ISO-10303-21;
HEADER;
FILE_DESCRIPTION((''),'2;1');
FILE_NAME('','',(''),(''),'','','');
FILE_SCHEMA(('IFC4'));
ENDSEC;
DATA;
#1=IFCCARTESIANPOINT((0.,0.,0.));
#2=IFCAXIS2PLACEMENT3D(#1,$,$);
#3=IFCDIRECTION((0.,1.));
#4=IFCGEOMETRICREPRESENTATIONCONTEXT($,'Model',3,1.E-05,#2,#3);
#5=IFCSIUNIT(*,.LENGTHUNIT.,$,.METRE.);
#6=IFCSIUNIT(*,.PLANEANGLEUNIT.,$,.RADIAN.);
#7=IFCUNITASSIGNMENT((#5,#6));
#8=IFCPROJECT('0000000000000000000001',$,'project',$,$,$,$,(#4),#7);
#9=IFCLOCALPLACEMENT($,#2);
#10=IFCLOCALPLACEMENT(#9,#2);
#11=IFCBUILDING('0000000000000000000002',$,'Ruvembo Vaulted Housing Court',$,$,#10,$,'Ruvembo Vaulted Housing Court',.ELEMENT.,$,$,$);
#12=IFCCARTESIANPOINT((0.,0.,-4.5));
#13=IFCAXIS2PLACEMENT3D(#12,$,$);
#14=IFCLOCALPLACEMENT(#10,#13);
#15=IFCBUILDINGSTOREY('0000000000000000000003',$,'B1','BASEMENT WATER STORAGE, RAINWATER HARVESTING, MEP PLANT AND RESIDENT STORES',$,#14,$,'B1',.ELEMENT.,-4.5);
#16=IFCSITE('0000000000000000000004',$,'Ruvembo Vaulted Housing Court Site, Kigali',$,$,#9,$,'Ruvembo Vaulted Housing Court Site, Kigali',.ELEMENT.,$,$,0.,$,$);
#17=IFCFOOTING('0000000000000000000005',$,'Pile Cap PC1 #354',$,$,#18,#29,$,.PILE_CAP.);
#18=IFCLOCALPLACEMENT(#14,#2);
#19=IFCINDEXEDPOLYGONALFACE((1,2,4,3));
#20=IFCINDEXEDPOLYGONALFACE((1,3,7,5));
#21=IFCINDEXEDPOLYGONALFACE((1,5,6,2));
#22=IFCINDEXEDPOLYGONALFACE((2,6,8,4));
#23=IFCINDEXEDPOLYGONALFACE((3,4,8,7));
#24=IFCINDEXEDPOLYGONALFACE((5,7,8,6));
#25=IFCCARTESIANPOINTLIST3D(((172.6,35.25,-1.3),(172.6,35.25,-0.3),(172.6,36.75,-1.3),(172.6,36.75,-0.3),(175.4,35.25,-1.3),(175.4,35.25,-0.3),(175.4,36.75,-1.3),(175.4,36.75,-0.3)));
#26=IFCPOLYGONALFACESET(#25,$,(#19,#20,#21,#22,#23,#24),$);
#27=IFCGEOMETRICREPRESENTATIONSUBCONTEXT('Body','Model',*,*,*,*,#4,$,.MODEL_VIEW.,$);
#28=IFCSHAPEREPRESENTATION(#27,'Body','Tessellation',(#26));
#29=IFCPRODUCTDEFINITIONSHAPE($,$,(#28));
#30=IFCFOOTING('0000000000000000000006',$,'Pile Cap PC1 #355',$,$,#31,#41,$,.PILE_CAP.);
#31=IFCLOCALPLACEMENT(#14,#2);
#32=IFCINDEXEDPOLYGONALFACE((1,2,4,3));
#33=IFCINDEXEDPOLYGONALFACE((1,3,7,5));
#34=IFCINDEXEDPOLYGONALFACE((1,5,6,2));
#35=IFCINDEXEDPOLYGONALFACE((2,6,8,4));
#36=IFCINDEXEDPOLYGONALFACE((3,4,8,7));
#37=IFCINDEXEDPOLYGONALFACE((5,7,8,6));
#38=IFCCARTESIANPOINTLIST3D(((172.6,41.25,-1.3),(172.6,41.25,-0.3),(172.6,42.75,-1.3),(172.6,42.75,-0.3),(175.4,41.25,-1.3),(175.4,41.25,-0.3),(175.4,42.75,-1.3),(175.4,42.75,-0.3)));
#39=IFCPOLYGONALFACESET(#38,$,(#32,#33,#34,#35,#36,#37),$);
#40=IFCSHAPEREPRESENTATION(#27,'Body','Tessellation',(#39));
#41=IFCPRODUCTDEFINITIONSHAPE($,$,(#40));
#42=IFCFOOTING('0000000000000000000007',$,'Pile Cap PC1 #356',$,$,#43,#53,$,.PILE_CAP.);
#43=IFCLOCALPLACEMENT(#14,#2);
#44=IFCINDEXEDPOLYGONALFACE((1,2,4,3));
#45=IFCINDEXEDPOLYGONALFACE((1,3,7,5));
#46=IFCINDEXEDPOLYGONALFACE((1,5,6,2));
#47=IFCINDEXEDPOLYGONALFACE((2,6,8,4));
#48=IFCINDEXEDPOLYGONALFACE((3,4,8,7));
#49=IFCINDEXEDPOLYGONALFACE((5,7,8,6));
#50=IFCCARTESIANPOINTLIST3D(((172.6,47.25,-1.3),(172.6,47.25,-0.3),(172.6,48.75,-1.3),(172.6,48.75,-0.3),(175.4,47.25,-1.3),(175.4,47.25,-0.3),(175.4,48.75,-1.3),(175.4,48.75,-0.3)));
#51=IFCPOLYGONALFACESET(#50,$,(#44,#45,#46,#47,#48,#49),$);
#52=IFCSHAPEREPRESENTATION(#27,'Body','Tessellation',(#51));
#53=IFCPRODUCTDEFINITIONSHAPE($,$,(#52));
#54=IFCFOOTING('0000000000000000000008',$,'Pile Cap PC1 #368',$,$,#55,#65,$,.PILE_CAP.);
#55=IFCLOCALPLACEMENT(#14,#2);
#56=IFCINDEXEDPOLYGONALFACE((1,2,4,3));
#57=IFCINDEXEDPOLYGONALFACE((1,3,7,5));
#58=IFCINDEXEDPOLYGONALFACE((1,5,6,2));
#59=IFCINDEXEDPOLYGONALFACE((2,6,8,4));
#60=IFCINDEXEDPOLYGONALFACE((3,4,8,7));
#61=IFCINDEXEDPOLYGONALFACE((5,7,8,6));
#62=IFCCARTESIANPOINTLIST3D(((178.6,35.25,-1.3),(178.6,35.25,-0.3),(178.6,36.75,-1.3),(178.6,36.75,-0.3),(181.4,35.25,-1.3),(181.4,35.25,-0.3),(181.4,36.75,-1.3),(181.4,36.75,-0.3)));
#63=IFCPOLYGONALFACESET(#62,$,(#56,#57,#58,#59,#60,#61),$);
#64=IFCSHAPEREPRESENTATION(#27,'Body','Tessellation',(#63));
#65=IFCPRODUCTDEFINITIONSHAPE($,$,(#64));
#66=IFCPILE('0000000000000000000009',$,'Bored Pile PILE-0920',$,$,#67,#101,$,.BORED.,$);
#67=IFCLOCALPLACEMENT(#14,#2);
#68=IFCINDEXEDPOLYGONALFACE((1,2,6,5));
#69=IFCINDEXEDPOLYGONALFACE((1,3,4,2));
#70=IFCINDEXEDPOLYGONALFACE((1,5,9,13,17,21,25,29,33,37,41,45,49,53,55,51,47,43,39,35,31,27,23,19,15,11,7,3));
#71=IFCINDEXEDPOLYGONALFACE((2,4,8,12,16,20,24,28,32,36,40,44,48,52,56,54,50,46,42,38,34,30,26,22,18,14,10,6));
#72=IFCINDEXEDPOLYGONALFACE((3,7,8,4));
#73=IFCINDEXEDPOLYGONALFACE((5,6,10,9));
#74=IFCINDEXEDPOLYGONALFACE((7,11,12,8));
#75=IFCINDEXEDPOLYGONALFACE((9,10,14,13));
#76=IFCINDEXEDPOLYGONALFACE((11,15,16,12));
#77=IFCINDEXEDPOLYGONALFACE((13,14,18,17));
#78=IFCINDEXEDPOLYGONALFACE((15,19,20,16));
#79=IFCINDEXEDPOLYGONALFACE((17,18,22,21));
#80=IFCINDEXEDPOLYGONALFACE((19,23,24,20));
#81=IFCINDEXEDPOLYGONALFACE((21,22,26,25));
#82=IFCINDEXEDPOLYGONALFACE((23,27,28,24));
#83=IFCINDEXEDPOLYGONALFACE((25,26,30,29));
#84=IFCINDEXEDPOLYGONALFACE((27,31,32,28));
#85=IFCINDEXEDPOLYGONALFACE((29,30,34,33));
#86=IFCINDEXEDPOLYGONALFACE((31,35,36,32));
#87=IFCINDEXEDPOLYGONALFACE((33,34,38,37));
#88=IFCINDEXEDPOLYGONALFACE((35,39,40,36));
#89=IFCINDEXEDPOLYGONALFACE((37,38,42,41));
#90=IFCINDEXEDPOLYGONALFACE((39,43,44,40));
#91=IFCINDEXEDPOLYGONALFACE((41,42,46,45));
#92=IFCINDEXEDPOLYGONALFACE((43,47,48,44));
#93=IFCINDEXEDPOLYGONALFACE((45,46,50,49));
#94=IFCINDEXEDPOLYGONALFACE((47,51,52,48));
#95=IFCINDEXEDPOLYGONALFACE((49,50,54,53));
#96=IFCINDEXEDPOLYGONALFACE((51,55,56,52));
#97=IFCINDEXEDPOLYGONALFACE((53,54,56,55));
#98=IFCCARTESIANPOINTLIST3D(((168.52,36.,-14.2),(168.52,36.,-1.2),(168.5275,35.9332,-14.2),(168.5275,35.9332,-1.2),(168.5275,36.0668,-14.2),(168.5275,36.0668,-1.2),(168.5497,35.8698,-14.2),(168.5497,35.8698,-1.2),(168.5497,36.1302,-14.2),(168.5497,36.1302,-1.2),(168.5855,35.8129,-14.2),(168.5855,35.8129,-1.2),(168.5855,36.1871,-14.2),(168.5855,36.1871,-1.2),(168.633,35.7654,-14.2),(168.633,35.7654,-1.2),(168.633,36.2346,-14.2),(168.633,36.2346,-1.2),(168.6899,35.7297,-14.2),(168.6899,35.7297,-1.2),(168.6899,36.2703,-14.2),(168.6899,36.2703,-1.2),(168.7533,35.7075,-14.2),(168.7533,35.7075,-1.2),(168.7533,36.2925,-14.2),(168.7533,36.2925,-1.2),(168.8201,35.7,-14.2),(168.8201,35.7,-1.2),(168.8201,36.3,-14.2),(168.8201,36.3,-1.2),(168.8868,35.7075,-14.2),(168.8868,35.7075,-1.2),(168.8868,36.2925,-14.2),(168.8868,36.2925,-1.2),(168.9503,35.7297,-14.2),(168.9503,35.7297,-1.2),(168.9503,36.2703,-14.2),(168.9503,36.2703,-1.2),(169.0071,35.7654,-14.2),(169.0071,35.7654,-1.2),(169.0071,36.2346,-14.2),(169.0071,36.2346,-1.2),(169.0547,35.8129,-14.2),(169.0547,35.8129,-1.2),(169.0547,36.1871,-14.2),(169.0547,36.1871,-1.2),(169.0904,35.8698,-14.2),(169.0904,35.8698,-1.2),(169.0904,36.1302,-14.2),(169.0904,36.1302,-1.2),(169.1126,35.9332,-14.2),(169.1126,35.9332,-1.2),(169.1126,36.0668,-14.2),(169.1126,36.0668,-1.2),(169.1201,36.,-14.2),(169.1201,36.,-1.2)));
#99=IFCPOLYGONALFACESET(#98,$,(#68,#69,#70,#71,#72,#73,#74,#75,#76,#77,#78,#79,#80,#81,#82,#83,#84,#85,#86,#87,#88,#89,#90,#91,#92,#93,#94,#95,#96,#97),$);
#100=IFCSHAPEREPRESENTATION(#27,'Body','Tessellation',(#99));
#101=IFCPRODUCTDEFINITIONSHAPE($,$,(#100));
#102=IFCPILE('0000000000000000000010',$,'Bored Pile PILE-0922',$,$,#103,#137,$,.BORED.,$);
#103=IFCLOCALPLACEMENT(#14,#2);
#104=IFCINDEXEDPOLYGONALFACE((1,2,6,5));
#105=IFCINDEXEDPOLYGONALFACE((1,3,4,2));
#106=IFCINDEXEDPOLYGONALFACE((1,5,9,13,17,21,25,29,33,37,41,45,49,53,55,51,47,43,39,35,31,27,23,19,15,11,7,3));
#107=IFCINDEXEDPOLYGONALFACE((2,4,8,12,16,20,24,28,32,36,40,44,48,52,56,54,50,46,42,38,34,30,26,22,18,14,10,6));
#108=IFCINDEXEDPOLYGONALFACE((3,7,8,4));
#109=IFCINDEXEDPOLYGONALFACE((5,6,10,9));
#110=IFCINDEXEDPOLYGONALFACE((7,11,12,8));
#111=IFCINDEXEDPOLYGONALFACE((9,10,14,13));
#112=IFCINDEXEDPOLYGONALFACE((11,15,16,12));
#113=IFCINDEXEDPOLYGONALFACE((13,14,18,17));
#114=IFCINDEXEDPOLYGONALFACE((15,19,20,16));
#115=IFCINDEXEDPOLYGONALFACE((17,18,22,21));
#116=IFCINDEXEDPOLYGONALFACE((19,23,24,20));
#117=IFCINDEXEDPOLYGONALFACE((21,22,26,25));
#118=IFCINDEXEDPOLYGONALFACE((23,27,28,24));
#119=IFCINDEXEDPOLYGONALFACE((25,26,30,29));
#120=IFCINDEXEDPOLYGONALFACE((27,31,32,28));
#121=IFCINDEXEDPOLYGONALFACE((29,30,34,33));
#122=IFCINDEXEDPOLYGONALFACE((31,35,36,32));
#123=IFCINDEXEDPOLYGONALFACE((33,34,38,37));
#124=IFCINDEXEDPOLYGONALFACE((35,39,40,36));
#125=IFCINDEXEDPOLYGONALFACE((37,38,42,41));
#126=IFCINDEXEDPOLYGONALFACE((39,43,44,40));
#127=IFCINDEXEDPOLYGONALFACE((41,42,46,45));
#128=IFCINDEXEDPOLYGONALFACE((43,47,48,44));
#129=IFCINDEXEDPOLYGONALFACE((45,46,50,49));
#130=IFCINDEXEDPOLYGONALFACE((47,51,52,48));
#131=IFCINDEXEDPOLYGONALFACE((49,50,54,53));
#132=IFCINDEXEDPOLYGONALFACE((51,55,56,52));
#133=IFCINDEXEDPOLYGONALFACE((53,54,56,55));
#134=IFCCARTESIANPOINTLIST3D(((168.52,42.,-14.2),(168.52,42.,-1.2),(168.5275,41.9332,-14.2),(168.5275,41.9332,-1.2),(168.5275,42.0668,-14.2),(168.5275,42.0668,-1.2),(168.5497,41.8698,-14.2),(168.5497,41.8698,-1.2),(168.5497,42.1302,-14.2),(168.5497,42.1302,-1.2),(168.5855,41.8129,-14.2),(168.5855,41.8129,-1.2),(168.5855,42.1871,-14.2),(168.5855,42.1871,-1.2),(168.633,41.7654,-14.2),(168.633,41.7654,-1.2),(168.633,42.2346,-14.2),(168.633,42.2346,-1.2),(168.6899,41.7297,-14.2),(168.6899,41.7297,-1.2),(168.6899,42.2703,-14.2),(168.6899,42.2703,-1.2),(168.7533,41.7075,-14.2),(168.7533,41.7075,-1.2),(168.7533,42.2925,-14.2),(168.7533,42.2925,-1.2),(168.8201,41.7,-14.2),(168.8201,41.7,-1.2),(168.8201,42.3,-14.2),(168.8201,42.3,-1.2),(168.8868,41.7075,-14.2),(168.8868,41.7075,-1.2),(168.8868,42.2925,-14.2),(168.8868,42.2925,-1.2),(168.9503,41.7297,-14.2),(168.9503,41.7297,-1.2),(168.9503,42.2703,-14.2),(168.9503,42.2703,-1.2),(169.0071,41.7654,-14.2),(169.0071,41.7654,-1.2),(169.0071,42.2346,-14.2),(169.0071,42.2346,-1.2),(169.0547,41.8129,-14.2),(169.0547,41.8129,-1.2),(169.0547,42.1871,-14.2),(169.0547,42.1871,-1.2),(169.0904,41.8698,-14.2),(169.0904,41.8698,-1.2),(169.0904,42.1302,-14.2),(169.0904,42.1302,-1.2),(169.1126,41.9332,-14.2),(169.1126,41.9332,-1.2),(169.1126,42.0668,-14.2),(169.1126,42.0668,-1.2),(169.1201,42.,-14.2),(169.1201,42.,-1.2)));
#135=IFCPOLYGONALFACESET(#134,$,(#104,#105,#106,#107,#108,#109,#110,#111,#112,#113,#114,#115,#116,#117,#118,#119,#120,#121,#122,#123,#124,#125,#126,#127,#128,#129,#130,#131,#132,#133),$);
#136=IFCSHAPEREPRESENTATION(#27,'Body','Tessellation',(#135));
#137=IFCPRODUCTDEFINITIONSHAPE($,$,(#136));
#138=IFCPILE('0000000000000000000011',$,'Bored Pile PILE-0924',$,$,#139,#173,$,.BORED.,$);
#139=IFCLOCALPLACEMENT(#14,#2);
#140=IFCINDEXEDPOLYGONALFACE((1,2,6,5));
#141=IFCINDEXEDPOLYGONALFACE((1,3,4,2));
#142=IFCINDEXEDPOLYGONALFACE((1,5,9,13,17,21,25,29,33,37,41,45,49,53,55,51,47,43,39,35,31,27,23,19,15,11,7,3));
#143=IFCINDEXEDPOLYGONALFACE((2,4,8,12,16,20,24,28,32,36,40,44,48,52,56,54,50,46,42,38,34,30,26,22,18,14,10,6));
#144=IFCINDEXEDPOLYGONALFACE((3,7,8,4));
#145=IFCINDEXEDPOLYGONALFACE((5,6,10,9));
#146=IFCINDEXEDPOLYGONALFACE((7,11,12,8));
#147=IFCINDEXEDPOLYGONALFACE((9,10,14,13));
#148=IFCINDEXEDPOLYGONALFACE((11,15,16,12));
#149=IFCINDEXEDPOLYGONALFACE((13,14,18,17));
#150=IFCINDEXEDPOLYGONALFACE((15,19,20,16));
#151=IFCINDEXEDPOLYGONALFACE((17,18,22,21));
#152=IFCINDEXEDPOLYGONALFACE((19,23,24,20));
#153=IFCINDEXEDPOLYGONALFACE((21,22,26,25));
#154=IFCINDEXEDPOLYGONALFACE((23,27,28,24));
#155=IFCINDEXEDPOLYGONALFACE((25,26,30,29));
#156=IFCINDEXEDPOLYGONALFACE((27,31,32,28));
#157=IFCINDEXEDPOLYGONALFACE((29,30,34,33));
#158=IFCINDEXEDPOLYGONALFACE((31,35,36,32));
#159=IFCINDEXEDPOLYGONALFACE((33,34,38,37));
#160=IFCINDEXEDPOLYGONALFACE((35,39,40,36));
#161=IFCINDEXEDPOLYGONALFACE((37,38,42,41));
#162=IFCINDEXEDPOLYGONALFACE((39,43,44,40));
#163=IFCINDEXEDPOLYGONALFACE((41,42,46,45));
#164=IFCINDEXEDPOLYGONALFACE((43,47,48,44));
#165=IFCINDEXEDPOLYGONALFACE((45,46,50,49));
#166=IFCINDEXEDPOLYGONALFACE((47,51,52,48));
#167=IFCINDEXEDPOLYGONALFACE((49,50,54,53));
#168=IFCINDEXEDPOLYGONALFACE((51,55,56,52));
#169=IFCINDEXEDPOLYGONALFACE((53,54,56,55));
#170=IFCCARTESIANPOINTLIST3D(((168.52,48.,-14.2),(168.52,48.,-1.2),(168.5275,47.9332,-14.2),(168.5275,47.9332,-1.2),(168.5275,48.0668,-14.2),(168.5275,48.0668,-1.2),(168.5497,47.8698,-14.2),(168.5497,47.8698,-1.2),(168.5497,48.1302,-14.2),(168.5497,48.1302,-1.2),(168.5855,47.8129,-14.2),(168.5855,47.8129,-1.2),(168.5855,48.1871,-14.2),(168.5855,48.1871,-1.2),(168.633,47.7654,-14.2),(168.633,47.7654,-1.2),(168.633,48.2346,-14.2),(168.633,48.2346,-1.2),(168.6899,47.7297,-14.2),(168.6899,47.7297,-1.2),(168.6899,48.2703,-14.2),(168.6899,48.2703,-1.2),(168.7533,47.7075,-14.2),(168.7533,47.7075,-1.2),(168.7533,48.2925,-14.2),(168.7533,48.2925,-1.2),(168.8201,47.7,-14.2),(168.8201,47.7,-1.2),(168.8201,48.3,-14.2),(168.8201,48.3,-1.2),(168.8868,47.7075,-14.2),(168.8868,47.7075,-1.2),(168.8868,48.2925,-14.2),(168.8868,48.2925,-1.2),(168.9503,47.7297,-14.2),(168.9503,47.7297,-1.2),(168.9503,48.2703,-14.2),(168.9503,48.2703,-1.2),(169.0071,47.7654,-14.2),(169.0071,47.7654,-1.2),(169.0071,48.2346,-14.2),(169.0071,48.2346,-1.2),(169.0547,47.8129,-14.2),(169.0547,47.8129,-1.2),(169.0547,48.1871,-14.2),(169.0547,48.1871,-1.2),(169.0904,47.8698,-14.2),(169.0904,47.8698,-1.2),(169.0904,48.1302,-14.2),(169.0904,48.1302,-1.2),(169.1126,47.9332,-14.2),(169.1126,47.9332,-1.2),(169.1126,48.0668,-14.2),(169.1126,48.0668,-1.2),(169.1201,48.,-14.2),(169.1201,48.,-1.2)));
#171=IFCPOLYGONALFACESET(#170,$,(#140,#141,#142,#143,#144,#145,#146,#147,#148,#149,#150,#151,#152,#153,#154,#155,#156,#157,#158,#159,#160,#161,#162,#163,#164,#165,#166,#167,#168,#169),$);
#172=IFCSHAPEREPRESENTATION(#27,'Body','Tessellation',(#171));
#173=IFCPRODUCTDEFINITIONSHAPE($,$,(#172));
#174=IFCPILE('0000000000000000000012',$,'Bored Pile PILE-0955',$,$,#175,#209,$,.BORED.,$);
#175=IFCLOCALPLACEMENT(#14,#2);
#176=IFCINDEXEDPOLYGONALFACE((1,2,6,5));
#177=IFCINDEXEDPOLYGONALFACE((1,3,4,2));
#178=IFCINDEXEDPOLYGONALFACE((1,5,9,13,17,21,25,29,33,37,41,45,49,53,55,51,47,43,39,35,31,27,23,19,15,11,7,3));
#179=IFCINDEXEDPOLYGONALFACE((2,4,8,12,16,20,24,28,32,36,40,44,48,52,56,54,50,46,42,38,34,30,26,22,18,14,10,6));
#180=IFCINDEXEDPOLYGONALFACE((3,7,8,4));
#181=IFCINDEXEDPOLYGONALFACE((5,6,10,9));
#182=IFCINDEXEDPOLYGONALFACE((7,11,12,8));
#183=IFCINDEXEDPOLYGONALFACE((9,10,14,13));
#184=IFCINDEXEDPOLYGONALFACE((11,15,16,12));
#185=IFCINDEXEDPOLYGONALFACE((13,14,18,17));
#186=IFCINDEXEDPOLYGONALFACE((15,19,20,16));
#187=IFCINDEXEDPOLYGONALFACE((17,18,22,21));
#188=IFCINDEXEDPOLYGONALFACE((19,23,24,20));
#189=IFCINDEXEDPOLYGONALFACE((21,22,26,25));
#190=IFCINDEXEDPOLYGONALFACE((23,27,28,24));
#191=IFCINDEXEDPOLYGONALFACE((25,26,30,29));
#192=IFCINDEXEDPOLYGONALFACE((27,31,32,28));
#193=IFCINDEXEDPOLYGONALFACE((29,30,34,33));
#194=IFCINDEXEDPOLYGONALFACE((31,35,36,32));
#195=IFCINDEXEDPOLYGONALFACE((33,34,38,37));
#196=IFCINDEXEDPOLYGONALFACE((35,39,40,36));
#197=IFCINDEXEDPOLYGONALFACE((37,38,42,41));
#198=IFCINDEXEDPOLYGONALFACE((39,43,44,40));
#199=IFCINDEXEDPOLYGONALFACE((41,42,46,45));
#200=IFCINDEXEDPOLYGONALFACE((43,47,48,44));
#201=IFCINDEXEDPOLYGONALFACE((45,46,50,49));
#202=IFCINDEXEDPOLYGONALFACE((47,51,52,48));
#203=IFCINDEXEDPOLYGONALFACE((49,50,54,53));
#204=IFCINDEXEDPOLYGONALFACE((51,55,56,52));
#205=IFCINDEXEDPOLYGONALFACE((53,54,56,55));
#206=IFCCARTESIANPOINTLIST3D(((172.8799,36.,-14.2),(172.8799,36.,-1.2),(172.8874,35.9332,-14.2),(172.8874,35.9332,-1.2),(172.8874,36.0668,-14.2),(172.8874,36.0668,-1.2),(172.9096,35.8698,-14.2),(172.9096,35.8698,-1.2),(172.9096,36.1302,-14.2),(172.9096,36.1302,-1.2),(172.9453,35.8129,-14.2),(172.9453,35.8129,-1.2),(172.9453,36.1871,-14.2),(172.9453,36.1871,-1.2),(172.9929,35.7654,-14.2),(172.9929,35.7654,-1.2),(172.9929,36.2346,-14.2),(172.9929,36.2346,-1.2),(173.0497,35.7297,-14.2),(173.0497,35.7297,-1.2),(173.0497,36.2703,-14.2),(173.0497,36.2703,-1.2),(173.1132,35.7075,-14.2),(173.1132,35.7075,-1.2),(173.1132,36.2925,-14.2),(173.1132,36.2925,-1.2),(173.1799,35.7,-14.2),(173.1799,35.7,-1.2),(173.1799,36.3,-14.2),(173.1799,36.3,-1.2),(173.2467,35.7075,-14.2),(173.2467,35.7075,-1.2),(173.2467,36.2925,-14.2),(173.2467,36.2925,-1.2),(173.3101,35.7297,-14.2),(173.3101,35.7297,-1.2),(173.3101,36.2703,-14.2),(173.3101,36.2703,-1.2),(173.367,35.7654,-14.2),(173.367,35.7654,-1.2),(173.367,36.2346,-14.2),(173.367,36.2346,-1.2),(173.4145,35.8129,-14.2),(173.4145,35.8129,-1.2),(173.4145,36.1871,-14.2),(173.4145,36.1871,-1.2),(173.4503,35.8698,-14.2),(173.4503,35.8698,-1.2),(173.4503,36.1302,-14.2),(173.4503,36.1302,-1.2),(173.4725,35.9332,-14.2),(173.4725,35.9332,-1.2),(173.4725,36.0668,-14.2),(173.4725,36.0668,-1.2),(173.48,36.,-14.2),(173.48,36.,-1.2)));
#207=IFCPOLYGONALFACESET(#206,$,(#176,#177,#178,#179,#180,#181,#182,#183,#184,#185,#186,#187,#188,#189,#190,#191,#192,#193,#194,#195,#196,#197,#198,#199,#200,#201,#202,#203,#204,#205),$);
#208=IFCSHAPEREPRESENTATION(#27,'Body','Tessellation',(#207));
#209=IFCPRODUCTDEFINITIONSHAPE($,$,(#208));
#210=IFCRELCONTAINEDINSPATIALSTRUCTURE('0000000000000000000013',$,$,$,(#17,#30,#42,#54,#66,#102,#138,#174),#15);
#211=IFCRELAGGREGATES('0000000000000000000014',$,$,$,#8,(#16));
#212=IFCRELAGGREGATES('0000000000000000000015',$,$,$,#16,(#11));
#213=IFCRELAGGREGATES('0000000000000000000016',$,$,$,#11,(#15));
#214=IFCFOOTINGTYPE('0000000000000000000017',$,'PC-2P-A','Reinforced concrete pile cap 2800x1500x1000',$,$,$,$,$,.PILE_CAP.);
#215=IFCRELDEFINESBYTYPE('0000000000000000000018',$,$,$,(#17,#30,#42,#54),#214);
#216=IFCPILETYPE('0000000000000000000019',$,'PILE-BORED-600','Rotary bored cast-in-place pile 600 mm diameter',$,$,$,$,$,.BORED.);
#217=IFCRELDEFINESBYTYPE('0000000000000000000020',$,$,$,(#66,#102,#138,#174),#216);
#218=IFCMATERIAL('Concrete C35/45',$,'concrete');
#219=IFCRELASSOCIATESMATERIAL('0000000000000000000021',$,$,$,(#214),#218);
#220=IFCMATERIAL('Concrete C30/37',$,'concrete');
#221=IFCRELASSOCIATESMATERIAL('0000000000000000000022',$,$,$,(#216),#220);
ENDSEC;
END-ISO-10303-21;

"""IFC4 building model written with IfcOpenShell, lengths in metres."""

from ifc_helpers import new_model, si_unit, direction, frame, origin, origin_2d, place, context, subcontext, project, spatial, rectangle, circle, extrude, material, material_profile, profile_set, type_object, element, save


model = new_model("IFC4")

# Units and contexts
model_context = context("Model", 3, precision=1e-05, world=origin(), true_north=direction((0.0, 1.0)))
body_context = subcontext(model_context, "Body", "Model", "MODEL_VIEW")
ifc_project = project(units=[si_unit("LENGTHUNIT", "METRE"), si_unit("PLANEANGLEUNIT", "RADIAN")], contexts=[model_context])

# Site, building, storey
site_placement = place(None, origin())
site = spatial("IfcSite", under=ifc_project, at=site_placement, Name="Ruvembo Vaulted Housing Court Site, Kigali", LongName="Ruvembo Vaulted Housing Court Site, Kigali", CompositionType="ELEMENT", RefElevation=0.0)
building_placement = place(site_placement, origin())
building = spatial("IfcBuilding", under=site, at=building_placement, Name="Ruvembo Vaulted Housing Court", LongName="Ruvembo Vaulted Housing Court", CompositionType="ELEMENT")
storey_placement = place(building_placement, frame((0.0, 0.0, -4.5)))
storey = spatial("IfcBuildingStorey", under=building, at=storey_placement, Name="B1", Description="BASEMENT WATER STORAGE, RAINWATER HARVESTING, MEP PLANT AND RESIDENT STORES", LongName="B1", CompositionType="ELEMENT", Elevation=-4.5)

# Footings
ifc_material_1 = material(Name="Concrete C35/45", Category="concrete")
footing_type = type_object("IfcFootingType", Name="PC-2P-A", Description="Reinforced concrete pile cap 2800x1500x1000", PredefinedType="PILE_CAP", material=ifc_material_1)
for number, where, z_axis, x_axis, name in (
    (1, (174.0, 36.0, -1.3), (0.0, 0.0, 1.0), (1.0, 0.0, 0.0), "Pile Cap PC1 #354"),
    (2, (174.0, 42.0, -1.3), (0.0, 0.0, 1.0), (1.0, 0.0, 0.0), "Pile Cap PC1 #355"),
    (3, (174.0, 48.0, -1.3), (0.0, 0.0, 1.0), (1.0, 0.0, 0.0), "Pile Cap PC1 #356"),
    (4, (180.0, 36.0, -1.3), (0.0, 0.0, 1.0), (1.0, 0.0, 0.0), "Pile Cap PC1 #368"),
):
    element("IfcFooting", number, at=place(storey_placement, frame(where, z_axis=z_axis, x_axis=x_axis)), inside=storey, type_object=footing_type, Name=name, PredefinedType="PILE_CAP", context=body_context, shape_type="SweptSolid", body=[
        extrude(rectangle(XDim=2.8, YDim=1.5, at=origin_2d()), origin(), (0.0, 0.0, 1.0), 1.0),
    ])

# Piles
ifc_material_2 = material(Name="Concrete C30/37", Category="concrete")
ifc_material_profile_1 = material_profile(ifc_material_2, circle(Radius=0.3, at=origin_2d()), Name="PILE D600")
ifc_profile_set_1 = profile_set([ifc_material_profile_1], Name="Concrete C30/37")
pile_type = type_object("IfcPileType", Name="PILE-BORED-600", Description="Rotary bored cast-in-place pile 600 mm diameter", PredefinedType="BORED", material=ifc_profile_set_1)
for number, where, z_axis, x_axis, name in (
    (5, (168.8201, 36.0, -1.2), (0.0, 0.0, -1.0), (1.0, 0.0, 0.0), "Bored Pile PILE-0920"),
    (6, (168.8201, 42.0, -1.2), (0.0, 0.0, -1.0), (1.0, 0.0, 0.0), "Bored Pile PILE-0922"),
    (7, (168.8201, 48.0, -1.2), (0.0, 0.0, -1.0), (1.0, 0.0, 0.0), "Bored Pile PILE-0924"),
    (8, (173.1799, 36.0, -1.2), (0.0, 0.0, -1.0), (1.0, 0.0, 0.0), "Bored Pile PILE-0955"),
):
    element("IfcPile", number, at=place(storey_placement, frame(where, z_axis=z_axis, x_axis=x_axis)), inside=storey, type_object=pile_type, Name=name, PredefinedType="BORED", context=body_context, shape_type="SweptSolid", body=[
        extrude(circle(Radius=0.3, at=origin_2d()), origin(), (0.0, 0.0, 1.0), 13.0),
    ])

save(model, "model.ifc")
